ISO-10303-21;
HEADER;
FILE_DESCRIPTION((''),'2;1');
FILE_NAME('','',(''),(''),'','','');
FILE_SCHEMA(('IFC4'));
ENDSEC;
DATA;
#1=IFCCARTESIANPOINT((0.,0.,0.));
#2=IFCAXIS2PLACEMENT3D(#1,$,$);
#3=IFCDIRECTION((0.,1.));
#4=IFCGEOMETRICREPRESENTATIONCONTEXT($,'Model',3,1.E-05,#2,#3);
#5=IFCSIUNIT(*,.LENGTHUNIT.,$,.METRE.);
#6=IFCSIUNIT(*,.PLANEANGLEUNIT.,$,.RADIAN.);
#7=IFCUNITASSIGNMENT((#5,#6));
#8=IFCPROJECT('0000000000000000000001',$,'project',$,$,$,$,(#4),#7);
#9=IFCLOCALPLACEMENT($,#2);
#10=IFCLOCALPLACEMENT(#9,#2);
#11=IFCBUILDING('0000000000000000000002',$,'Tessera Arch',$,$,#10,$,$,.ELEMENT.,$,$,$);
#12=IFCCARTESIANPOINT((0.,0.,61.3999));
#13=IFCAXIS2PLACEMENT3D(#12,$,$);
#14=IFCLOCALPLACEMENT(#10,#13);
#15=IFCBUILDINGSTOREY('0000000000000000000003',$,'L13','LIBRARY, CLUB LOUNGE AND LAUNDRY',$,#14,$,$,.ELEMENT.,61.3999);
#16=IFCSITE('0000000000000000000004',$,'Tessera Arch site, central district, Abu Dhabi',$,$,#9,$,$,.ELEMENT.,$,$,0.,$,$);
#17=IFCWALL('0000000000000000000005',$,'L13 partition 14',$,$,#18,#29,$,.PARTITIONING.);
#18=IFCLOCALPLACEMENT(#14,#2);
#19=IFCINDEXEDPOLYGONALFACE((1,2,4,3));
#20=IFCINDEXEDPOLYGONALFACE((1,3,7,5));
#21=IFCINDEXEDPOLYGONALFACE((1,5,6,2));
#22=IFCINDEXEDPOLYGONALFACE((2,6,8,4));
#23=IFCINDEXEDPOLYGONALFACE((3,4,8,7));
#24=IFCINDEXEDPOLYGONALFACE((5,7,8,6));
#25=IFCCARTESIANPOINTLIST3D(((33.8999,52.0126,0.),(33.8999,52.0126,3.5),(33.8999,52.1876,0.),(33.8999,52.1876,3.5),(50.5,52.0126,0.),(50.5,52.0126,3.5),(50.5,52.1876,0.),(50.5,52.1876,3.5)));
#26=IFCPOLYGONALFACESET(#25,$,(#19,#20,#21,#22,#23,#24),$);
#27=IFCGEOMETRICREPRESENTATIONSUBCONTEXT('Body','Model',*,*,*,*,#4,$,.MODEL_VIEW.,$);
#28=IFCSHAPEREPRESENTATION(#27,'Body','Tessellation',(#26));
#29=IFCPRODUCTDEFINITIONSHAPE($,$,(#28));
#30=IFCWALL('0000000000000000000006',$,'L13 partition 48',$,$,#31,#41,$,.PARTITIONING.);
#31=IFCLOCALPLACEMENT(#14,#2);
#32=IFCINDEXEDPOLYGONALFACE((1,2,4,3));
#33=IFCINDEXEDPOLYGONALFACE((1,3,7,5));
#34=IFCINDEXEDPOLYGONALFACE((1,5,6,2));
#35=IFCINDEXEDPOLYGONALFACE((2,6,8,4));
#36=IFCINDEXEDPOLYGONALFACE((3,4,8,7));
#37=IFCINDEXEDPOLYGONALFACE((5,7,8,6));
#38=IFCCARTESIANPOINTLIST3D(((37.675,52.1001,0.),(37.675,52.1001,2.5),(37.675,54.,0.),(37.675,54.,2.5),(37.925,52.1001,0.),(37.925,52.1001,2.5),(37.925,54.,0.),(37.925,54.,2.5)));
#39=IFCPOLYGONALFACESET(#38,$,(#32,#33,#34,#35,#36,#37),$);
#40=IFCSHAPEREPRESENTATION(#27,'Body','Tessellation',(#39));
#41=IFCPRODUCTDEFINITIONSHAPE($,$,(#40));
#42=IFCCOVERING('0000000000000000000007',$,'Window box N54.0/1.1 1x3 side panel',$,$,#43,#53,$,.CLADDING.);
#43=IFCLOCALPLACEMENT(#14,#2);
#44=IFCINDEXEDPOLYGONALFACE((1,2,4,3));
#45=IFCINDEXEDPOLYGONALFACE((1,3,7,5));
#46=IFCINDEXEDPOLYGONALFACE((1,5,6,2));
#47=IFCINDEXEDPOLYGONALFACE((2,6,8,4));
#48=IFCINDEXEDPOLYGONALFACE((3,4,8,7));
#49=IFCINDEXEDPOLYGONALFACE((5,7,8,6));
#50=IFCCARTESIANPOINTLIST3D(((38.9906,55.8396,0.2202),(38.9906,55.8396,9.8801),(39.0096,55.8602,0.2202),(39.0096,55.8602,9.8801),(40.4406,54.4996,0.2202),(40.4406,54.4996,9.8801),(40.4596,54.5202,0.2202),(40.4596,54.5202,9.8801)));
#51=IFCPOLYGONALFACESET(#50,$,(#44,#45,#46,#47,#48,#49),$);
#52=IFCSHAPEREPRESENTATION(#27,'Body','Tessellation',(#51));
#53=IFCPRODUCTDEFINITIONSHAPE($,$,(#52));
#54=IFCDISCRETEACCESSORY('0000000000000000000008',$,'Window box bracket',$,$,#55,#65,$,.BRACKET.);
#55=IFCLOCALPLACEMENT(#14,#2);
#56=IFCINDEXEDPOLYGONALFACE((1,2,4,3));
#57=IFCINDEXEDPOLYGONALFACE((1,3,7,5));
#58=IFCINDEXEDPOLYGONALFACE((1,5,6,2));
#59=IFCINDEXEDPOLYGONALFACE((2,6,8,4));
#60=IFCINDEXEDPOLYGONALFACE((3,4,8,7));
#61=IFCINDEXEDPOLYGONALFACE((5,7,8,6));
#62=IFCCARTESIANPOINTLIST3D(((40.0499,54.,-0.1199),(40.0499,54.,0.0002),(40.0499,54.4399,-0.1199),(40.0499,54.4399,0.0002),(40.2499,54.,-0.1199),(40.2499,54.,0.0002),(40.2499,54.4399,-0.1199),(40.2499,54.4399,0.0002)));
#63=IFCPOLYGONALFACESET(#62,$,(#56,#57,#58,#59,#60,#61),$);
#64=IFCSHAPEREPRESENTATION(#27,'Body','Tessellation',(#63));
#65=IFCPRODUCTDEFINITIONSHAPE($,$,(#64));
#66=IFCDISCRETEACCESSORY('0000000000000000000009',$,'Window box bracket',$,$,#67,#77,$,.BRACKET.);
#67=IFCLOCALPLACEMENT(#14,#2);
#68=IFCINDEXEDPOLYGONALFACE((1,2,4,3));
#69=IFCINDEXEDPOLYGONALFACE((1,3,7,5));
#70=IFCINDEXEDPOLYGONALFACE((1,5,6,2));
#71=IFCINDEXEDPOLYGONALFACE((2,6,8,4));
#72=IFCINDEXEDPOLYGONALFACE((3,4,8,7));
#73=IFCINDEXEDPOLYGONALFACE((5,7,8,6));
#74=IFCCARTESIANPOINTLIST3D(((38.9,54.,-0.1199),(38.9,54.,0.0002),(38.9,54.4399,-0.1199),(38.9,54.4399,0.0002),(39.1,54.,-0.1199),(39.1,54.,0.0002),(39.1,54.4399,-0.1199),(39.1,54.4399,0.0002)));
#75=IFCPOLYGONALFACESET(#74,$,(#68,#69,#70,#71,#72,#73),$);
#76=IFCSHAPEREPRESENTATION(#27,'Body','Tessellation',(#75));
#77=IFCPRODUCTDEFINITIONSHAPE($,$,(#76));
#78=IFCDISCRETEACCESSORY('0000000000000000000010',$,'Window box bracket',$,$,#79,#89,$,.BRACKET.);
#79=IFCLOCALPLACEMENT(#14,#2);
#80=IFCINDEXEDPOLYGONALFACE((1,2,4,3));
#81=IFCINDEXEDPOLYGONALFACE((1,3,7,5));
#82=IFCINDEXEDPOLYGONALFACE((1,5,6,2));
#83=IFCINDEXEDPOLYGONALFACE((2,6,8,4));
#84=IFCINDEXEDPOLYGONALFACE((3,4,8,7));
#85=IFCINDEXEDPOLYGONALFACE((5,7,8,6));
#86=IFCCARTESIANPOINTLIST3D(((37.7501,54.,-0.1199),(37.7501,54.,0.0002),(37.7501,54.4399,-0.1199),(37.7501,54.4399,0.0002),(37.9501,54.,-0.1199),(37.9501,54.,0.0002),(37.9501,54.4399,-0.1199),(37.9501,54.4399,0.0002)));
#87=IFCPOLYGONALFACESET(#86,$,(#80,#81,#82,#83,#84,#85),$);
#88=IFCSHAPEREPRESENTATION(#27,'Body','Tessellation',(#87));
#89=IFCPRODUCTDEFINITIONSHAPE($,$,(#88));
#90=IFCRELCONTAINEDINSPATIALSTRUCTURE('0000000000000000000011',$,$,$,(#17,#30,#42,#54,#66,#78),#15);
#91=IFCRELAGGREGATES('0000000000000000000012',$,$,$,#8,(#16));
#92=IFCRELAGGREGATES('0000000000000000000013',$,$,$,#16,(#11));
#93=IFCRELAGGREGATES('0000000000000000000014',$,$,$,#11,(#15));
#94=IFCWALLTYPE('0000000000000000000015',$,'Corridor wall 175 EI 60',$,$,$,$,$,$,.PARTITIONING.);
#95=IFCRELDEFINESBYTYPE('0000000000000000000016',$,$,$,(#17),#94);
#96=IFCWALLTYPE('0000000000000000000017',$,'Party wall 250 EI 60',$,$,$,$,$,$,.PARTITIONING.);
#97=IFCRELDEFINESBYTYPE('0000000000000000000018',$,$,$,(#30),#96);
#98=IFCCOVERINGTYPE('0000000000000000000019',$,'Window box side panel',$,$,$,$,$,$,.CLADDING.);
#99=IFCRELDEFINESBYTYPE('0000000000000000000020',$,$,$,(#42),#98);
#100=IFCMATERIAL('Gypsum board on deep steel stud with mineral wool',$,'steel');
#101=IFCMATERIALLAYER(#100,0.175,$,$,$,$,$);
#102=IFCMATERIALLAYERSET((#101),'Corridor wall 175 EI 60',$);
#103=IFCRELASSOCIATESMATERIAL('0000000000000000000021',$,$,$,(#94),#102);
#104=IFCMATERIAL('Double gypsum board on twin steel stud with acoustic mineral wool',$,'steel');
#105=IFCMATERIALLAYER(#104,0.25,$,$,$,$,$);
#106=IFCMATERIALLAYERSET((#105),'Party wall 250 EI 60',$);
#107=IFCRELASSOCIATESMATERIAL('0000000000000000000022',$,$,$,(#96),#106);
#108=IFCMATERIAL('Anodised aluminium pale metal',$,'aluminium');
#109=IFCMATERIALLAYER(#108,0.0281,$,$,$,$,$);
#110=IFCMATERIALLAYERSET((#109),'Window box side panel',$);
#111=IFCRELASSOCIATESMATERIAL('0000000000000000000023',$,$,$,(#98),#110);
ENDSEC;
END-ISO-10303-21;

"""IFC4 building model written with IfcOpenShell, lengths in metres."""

from ifc_helpers import new_model, si_unit, direction, frame, frame_2d, origin, origin_2d, place, context, subcontext, project, spatial, rectangle, extrude, material, layer, layer_set, type_object, element, save


model = new_model("IFC4")

# Units and contexts
model_context = context("Model", 3, precision=1e-05, world=origin(), true_north=direction((0.0, 1.0)))
body_context = subcontext(model_context, "Body", "Model", "MODEL_VIEW")
ifc_project = project(units=[si_unit("LENGTHUNIT", "METRE"), si_unit("PLANEANGLEUNIT", "RADIAN")], contexts=[model_context])

# Site, building, storey
site_placement = place(None, origin())
site = spatial("IfcSite", under=ifc_project, at=site_placement, Name="Tessera Arch site, central district, Abu Dhabi", CompositionType="ELEMENT", RefElevation=0.0)
building_placement = place(site_placement, origin())
building = spatial("IfcBuilding", under=site, at=building_placement, Name="Tessera Arch", CompositionType="ELEMENT")
storey_placement = place(building_placement, frame((0.0, 0.0, 61.3999)))
storey = spatial("IfcBuildingStorey", under=building, at=storey_placement, Name="L13", Description="LIBRARY, CLUB LOUNGE AND LAUNDRY", CompositionType="ELEMENT", Elevation=61.3999)

# Walls
ifc_material_1 = material(Name="Gypsum board on deep steel stud with mineral wool", Category="steel")
ifc_layer_1 = layer(ifc_material_1, 0.175)
ifc_layer_set_1 = layer_set([ifc_layer_1], Name="Corridor wall 175 EI 60")
wall_type_1 = type_object("IfcWallType", Name="Corridor wall 175 EI 60", PredefinedType="PARTITIONING", material=ifc_layer_set_1)
wall_1_placement = place(storey_placement, frame((33.8999, 52.1001, 0.0), z_axis=(0.0, 0.0, 1.0), x_axis=(1.0, 0.0, 0.0)))
element("IfcWall", 1, at=wall_1_placement, inside=storey, type_object=wall_type_1, Name="L13 partition 14", PredefinedType="PARTITIONING", context=body_context, shape_type="SweptSolid", body=[
    extrude(rectangle(XDim=16.6001, YDim=0.175, at=frame_2d((8.3, 0.0))), origin(), (0.0, 0.0, 1.0), 3.5),
])
ifc_material_2 = material(Name="Double gypsum board on twin steel stud with acoustic mineral wool", Category="steel")
ifc_layer_2 = layer(ifc_material_2, 0.25)
ifc_layer_set_2 = layer_set([ifc_layer_2], Name="Party wall 250 EI 60")
wall_type_2 = type_object("IfcWallType", Name="Party wall 250 EI 60", PredefinedType="PARTITIONING", material=ifc_layer_set_2)
wall_2_placement = place(storey_placement, frame((37.8, 52.1001, 0.0), z_axis=(0.0, 0.0, 1.0), x_axis=(0.0, 1.0, 0.0)))
element("IfcWall", 2, at=wall_2_placement, inside=storey, type_object=wall_type_2, Name="L13 partition 48", PredefinedType="PARTITIONING", context=body_context, shape_type="SweptSolid", body=[
    extrude(rectangle(XDim=1.8999, YDim=0.25, at=frame_2d((0.95, 0.0))), origin(), (0.0, 0.0, 1.0), 2.5),
])

# Covering
ifc_material_3 = material(Name="Anodised aluminium pale metal", Category="aluminium")
ifc_layer_3 = layer(ifc_material_3, 0.0281)
ifc_layer_set_3 = layer_set([ifc_layer_3], Name="Window box side panel")
covering_type = type_object("IfcCoveringType", Name="Window box side panel", PredefinedType="CLADDING", material=ifc_layer_set_3)
covering_placement = place(storey_placement, frame((39.7251, 55.1799, 0.2202), z_axis=(0.0, 0.0, 1.0), x_axis=(-0.734415, 0.678701, 0.0)))
element("IfcCovering", 3, at=covering_placement, inside=storey, type_object=covering_type, Name="Window box N54.0/1.1 1x3 side panel", PredefinedType="CLADDING", context=body_context, shape_type="SweptSolid", body=[
    extrude(rectangle(XDim=1.9744, YDim=0.0281, at=origin_2d()), origin(), (0.0, 0.0, 1.0), 9.6599),
])

# Discrete accessories
for number, where, z_axis, x_axis, name in (
    (4, (40.1499, 54.22, -0.1199), (0.0, 0.0, 1.0), (0.0, 1.0, 0.0), "Window box bracket"),
    (5, (39.0, 54.22, -0.1199), (0.0, 0.0, 1.0), (0.0, 1.0, 0.0), "Window box bracket"),
    (6, (37.8501, 54.22, -0.1199), (0.0, 0.0, 1.0), (0.0, 1.0, 0.0), "Window box bracket"),
):
    element("IfcDiscreteAccessory", number, at=place(storey_placement, frame(where, z_axis=z_axis, x_axis=x_axis)), inside=storey, Name=name, PredefinedType="BRACKET", context=body_context, shape_type="SweptSolid", body=[
        extrude(rectangle(XDim=0.4399, YDim=0.2, at=origin_2d()), origin(), (0.0, 0.0, 1.0), 0.1201),
    ])

save(model, "model.ifc")
